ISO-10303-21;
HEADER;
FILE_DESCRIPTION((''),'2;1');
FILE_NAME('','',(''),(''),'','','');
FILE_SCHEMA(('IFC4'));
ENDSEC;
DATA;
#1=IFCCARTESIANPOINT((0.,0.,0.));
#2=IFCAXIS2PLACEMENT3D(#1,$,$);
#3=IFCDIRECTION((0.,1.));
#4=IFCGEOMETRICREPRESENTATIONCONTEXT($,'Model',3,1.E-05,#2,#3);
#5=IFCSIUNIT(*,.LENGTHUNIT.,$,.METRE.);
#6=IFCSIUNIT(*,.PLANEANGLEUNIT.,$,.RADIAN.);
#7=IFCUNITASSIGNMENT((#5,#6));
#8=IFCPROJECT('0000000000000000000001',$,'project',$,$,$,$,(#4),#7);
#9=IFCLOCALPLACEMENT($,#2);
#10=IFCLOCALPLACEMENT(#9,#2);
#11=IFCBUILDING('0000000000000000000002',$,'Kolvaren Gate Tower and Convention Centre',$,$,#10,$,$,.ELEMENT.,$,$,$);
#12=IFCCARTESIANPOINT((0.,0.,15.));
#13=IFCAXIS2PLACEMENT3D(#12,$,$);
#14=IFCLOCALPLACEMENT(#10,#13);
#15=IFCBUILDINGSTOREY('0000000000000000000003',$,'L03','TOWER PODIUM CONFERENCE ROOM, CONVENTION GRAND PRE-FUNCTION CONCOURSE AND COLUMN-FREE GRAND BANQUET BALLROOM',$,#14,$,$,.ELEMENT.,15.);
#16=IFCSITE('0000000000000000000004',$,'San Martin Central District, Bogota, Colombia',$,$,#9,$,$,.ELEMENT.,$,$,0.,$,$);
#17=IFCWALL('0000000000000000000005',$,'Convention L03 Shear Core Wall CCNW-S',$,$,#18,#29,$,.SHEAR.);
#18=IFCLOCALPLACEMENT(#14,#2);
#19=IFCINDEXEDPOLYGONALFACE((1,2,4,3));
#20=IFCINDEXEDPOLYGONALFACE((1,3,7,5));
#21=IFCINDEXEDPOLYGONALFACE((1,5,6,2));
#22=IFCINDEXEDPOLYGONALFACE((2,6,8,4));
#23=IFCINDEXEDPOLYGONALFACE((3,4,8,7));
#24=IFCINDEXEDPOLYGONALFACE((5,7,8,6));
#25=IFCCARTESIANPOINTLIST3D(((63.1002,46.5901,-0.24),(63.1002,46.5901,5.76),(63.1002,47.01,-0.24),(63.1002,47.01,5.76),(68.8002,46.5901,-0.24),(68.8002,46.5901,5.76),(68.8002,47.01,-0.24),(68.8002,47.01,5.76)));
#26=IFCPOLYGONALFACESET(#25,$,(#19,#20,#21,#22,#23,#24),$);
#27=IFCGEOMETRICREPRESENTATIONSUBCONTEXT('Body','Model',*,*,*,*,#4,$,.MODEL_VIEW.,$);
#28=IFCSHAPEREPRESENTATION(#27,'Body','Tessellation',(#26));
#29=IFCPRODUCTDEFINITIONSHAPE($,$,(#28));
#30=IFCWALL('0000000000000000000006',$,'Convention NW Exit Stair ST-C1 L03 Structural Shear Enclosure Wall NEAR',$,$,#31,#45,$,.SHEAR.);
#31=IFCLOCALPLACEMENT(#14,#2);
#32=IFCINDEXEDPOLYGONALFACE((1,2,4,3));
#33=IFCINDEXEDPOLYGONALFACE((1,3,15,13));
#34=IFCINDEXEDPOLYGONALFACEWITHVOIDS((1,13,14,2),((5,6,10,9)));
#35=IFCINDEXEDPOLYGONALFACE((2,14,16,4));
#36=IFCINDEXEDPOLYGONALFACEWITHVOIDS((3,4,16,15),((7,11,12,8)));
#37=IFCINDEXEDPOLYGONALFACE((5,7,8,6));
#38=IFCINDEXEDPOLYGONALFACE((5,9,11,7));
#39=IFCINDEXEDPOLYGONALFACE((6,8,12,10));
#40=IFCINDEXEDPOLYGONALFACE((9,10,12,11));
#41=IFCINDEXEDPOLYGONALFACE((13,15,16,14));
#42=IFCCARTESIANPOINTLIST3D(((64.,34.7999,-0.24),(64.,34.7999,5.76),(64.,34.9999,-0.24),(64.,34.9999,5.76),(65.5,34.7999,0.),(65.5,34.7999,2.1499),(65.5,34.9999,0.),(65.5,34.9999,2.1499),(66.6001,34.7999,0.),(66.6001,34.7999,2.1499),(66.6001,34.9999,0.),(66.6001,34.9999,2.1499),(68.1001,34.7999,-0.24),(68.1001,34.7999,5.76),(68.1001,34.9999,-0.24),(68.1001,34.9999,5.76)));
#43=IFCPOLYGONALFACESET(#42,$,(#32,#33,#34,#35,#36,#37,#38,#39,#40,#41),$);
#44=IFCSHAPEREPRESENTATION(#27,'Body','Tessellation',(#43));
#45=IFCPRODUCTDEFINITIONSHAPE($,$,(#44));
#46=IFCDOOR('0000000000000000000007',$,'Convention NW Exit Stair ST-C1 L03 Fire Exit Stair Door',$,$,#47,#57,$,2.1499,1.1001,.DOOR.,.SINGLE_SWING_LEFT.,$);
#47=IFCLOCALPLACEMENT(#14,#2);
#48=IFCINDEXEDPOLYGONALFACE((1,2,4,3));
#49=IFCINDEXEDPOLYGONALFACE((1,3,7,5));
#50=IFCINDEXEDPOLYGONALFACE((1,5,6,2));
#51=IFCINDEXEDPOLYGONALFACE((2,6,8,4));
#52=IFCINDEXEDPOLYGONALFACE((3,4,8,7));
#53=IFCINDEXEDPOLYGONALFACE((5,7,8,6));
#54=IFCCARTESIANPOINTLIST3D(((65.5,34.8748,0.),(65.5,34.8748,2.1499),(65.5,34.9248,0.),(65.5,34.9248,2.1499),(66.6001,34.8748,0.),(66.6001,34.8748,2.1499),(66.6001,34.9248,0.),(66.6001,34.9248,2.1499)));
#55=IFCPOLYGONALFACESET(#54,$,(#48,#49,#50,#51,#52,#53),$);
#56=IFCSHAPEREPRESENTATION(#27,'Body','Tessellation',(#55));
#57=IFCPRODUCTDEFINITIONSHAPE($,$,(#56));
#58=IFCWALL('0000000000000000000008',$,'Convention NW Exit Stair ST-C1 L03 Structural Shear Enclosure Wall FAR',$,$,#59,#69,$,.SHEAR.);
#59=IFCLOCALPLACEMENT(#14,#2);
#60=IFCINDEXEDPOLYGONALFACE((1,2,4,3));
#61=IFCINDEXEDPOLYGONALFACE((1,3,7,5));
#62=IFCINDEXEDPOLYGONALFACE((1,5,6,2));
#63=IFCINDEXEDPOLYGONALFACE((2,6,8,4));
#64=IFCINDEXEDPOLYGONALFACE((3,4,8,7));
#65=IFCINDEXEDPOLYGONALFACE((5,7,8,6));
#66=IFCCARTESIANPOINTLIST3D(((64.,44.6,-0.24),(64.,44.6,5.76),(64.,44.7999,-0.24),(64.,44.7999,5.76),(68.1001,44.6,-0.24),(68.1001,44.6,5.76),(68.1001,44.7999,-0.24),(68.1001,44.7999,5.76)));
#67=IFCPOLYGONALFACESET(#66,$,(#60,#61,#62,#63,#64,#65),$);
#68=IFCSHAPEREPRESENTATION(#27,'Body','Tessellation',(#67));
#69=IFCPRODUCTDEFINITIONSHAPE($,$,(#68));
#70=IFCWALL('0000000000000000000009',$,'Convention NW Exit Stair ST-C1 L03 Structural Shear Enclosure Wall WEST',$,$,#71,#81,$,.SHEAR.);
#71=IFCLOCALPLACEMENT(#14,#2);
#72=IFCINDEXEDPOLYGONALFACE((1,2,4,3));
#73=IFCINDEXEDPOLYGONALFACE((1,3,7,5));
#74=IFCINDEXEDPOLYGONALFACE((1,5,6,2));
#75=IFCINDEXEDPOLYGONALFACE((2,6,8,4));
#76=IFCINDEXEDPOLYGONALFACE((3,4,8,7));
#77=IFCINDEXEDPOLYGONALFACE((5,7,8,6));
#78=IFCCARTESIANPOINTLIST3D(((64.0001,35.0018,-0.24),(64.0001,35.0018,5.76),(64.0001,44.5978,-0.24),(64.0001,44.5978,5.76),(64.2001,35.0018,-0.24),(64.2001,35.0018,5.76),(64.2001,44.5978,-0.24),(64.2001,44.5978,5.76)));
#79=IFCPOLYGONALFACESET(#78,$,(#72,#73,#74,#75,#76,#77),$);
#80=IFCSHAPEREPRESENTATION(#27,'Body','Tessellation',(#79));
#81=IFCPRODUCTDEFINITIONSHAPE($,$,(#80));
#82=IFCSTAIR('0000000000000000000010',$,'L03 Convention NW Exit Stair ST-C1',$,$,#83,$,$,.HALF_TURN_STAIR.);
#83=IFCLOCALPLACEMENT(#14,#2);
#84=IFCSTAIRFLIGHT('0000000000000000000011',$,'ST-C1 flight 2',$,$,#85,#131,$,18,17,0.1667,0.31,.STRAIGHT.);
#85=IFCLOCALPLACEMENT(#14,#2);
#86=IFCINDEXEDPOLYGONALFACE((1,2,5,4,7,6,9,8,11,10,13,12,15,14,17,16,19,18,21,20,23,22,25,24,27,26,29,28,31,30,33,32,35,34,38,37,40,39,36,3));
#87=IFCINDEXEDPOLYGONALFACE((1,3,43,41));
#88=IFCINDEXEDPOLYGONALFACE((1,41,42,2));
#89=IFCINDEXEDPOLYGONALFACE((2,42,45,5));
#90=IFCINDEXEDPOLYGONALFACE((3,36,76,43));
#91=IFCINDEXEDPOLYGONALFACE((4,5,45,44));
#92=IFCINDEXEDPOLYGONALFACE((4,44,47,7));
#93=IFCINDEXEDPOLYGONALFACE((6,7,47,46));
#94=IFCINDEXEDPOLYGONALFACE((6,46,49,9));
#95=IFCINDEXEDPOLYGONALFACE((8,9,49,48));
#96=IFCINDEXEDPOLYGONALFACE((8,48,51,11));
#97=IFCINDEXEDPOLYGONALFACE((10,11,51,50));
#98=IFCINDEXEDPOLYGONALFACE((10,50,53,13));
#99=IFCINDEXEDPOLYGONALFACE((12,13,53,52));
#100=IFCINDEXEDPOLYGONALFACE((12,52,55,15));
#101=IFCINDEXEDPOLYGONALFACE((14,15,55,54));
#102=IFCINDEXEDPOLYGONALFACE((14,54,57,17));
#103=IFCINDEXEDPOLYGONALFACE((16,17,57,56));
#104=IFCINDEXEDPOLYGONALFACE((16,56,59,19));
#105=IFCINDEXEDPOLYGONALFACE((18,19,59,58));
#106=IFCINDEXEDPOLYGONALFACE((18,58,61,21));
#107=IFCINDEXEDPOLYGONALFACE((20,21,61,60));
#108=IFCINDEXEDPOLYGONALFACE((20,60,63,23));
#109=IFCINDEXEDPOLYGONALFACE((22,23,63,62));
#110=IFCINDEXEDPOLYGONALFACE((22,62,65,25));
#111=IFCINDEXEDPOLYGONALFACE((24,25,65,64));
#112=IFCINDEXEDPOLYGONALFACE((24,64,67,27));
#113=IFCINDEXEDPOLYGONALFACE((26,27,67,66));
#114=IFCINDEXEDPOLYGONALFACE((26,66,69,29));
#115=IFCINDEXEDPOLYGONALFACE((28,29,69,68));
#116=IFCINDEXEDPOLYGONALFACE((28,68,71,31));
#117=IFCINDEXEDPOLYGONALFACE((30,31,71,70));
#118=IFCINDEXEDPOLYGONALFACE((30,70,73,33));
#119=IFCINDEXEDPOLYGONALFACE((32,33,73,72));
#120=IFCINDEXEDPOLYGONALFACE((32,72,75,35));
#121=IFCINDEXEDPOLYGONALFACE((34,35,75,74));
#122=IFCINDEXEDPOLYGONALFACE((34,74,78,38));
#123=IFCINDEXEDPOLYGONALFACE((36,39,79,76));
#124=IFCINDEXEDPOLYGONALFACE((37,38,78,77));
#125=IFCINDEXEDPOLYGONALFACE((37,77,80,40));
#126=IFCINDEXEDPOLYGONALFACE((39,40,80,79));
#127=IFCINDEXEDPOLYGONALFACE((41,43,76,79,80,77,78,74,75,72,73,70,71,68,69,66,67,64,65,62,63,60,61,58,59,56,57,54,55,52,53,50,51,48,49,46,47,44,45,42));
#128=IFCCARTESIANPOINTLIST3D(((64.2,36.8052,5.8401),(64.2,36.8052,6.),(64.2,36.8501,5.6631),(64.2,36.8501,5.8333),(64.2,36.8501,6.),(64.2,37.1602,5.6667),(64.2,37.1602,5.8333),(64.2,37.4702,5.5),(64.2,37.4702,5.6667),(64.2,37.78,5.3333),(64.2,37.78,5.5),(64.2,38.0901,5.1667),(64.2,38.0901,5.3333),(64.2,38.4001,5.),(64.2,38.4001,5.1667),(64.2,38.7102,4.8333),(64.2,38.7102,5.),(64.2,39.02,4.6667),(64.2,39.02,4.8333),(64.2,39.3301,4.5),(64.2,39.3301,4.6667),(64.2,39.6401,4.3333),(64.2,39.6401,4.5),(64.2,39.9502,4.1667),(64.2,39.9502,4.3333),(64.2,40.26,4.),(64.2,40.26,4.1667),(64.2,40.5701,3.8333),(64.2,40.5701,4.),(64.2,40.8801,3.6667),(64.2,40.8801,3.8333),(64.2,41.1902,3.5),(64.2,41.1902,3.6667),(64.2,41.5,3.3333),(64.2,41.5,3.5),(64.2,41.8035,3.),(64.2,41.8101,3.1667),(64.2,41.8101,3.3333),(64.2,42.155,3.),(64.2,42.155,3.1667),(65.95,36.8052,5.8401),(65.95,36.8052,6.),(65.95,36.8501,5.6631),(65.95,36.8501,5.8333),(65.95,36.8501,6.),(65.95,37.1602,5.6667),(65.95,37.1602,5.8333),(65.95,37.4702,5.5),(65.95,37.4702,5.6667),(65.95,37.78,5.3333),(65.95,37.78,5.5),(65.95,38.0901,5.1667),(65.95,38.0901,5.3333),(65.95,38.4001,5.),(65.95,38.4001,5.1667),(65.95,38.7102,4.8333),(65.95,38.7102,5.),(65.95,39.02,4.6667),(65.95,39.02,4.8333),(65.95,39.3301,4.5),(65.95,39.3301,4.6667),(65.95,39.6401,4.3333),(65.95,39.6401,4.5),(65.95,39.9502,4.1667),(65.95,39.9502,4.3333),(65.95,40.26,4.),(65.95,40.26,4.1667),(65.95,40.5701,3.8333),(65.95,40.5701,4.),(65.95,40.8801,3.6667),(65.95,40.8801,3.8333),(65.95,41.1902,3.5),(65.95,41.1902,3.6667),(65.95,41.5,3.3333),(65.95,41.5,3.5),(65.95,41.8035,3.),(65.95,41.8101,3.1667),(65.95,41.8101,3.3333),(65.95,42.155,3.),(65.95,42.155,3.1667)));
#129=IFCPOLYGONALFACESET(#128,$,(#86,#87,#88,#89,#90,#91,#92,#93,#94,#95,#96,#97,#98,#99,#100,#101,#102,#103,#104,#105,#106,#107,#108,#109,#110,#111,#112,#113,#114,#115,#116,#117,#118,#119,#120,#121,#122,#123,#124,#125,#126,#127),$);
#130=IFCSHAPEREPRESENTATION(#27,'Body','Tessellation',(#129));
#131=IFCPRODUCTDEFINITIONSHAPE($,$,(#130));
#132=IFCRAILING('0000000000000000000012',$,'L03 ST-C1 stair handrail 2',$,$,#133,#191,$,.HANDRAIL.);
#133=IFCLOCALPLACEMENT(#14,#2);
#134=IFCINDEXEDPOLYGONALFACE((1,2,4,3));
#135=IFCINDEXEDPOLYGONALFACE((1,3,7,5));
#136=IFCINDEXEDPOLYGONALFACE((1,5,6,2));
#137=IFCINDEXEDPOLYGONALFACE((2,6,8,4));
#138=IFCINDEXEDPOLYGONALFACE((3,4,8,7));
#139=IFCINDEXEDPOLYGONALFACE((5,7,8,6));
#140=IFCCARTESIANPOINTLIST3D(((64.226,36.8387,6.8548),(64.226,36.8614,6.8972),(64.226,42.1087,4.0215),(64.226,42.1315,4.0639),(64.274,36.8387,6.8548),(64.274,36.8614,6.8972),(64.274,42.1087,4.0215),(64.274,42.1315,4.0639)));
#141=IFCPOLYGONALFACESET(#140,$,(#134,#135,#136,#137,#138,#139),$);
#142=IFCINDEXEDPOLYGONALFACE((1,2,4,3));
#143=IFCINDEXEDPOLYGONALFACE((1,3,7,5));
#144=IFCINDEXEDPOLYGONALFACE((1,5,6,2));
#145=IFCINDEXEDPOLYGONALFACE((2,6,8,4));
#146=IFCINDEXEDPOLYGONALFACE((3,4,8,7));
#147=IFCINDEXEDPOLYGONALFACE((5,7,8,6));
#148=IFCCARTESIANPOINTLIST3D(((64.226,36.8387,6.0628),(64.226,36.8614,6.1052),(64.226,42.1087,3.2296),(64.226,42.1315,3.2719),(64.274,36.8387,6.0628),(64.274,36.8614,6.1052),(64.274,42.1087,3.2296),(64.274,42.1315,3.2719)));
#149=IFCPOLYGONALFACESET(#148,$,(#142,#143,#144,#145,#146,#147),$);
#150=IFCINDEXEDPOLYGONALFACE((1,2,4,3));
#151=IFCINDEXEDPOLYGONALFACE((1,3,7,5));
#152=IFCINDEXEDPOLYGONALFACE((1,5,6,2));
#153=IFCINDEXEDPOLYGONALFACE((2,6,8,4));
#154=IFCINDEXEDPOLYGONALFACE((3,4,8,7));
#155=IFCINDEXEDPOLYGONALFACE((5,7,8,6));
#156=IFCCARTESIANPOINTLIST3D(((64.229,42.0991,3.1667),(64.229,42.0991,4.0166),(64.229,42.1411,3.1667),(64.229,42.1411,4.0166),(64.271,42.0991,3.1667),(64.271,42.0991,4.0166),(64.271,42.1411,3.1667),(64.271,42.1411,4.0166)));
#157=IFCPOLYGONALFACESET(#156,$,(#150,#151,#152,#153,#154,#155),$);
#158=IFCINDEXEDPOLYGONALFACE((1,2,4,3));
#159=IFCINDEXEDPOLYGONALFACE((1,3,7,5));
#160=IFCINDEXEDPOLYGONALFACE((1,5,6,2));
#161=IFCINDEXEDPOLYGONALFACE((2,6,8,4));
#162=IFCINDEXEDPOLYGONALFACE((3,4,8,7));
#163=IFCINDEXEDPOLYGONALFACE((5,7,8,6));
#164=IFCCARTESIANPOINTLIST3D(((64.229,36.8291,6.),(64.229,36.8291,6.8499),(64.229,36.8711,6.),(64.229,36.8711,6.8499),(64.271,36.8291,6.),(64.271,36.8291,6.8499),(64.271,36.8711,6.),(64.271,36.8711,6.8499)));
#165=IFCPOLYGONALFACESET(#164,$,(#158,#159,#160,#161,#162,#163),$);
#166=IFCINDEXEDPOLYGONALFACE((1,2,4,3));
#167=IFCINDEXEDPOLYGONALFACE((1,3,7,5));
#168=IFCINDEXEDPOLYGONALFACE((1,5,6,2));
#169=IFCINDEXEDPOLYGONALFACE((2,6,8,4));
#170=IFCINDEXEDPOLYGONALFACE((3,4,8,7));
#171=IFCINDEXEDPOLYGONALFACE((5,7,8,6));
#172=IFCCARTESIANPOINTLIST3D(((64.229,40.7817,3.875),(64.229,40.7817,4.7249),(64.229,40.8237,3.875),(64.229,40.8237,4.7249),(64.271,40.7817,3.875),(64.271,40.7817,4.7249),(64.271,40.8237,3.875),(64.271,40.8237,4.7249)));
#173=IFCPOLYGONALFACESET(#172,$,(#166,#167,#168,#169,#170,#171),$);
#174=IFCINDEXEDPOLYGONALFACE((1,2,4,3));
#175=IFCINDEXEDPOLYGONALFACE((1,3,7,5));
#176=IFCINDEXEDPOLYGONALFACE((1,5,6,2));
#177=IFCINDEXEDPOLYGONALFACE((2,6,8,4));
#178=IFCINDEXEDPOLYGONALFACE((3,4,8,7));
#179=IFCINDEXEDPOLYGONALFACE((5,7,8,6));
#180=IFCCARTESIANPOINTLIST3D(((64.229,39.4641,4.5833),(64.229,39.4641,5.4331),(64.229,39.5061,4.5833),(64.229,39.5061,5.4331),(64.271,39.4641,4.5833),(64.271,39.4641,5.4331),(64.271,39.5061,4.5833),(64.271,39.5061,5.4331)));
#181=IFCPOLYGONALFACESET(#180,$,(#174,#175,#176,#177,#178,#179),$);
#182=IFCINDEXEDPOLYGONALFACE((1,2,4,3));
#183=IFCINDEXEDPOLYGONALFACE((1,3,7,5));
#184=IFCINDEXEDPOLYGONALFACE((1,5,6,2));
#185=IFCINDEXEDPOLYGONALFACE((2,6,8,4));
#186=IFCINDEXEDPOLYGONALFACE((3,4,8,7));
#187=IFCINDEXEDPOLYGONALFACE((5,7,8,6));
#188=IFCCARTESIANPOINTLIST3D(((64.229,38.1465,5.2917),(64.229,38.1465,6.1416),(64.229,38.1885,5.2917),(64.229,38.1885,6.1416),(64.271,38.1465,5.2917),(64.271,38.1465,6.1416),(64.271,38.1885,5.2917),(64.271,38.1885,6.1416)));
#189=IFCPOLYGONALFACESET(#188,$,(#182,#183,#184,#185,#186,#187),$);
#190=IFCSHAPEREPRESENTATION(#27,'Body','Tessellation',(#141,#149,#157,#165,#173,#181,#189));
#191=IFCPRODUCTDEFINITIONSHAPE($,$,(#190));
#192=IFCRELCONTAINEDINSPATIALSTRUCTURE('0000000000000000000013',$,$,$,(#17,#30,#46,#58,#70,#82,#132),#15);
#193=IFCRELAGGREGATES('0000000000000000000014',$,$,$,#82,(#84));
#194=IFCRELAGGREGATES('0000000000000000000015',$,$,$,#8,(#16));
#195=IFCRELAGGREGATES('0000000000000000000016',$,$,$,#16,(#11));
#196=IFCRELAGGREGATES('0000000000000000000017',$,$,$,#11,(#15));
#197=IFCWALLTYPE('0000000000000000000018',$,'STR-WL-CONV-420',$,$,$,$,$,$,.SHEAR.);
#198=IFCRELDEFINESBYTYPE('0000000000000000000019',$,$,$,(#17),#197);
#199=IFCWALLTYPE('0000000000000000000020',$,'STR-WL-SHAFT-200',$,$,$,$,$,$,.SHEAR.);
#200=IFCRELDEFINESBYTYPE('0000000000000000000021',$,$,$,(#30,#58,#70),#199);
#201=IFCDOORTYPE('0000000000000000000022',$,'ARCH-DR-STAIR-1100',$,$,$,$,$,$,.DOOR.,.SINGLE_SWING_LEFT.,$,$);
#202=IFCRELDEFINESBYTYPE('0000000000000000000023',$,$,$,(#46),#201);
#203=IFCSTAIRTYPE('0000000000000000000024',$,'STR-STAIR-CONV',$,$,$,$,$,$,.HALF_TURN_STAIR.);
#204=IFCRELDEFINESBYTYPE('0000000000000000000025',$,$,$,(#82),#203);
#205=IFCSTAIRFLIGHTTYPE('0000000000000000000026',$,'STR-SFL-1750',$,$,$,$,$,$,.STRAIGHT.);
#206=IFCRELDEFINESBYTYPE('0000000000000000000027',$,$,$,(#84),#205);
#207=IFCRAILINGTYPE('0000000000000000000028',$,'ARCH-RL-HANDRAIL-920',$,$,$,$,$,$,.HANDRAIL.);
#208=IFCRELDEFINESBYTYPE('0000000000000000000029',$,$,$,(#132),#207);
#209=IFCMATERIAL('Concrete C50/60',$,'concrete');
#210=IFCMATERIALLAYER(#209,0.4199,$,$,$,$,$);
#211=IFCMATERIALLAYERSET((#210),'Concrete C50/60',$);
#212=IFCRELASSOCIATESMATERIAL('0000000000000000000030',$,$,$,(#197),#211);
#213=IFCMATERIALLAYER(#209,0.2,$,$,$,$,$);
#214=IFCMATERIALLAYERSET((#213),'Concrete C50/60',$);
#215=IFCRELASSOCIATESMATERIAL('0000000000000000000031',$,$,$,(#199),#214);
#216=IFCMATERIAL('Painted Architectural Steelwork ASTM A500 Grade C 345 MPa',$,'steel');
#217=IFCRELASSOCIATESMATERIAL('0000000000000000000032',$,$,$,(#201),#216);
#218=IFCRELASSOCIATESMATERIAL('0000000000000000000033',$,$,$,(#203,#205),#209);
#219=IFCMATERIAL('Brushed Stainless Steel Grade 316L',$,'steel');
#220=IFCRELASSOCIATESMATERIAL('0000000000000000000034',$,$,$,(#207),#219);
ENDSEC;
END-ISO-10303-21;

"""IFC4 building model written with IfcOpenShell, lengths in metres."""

from ifc_helpers import new_model, si_unit, direction, frame, frame_2d, origin, origin_2d, place, context, subcontext, project, spatial, polyline, rectangle, outline, extrude, material, layer, layer_set, type_object, element, fill, aggregate, save


model = new_model("IFC4")

# Units and contexts
model_context = context("Model", 3, precision=1e-05, world=origin(), true_north=direction((0.0, 1.0)))
body_context = subcontext(model_context, "Body", "Model", "MODEL_VIEW")
ifc_project = project(units=[si_unit("LENGTHUNIT", "METRE"), si_unit("PLANEANGLEUNIT", "RADIAN")], contexts=[model_context])

# Site, building, storey
site_placement = place(None, origin())
site = spatial("IfcSite", under=ifc_project, at=site_placement, Name="San Martin Central District, Bogota, Colombia", CompositionType="ELEMENT", RefElevation=0.0)
building_placement = place(site_placement, origin())
building = spatial("IfcBuilding", under=site, at=building_placement, Name="Kolvaren Gate Tower and Convention Centre", CompositionType="ELEMENT")
storey_placement = place(building_placement, frame((0.0, 0.0, 15.0)))
storey = spatial("IfcBuildingStorey", under=building, at=storey_placement, Name="L03", Description="TOWER PODIUM CONFERENCE ROOM, CONVENTION GRAND PRE-FUNCTION CONCOURSE AND COLUMN-FREE GRAND BANQUET BALLROOM", CompositionType="ELEMENT", Elevation=15.0)

# Shared definitions
ifc_material_1 = material(Name="Brushed Stainless Steel Grade 316L", Category="steel")

# Wall
ifc_material_2 = material(Name="Concrete C50/60", Category="concrete")
ifc_layer_1 = layer(ifc_material_2, 0.4199)
ifc_layer_set_1 = layer_set([ifc_layer_1], Name="Concrete C50/60")
wall_type_1 = type_object("IfcWallType", Name="STR-WL-CONV-420", PredefinedType="SHEAR", material=ifc_layer_set_1)
wall_1_placement = place(storey_placement, frame((63.1001, 46.8, -0.24), z_axis=(0.0, 0.0, 1.0), x_axis=(1.0, 0.0, 0.0)))
element("IfcWall", 1, at=wall_1_placement, inside=storey, type_object=wall_type_1, Name="Convention L03 Shear Core Wall CCNW-S", PredefinedType="SHEAR", context=body_context, shape_type="SweptSolid", body=[
    extrude(rectangle(XDim=5.7, YDim=0.4199, at=frame_2d((2.8501, 0.0))), origin(), (0.0, 0.0, 1.0), 6.0),
])

# Wall, opening, door
ifc_layer_2 = layer(ifc_material_2, 0.2)
ifc_layer_set_2 = layer_set([ifc_layer_2], Name="Concrete C50/60")
wall_type_2 = type_object("IfcWallType", Name="STR-WL-SHAFT-200", PredefinedType="SHEAR", material=ifc_layer_set_2)
wall_2_placement = place(storey_placement, frame((64.0, 34.8999, -0.24), z_axis=(0.0, 0.0, 1.0), x_axis=(1.0, 0.0, 0.0)))
wall_2 = element("IfcWall", 2, at=wall_2_placement, inside=storey, type_object=wall_type_2, Name="Convention NW Exit Stair ST-C1 L03 Structural Shear Enclosure Wall NEAR", PredefinedType="SHEAR", context=body_context, shape_type="SweptSolid", body=[
    extrude(rectangle(XDim=4.1001, YDim=0.2, at=frame_2d((2.05, 0.0))), origin(), (0.0, 0.0, 1.0), 6.0),
])
opening_1_placement = place(wall_2_placement, frame((1.5, 0.0, 0.24)))
opening_1 = element("IfcOpeningElement", 3, at=opening_1_placement, cuts=wall_2, PredefinedType="OPENING", context=body_context, shape_type="SweptSolid", body=[
    extrude(rectangle(XDim=1.1001, YDim=2.1499, at=frame_2d((0.55, 1.075))), frame((0.0, 0.1099, 0.0), z_axis=(0.0, -1.0, 0.0), x_axis=(1.0, 0.0, 0.0)), (0.0, 0.0, 1.0), 0.22),
])
ifc_material_3 = material(Name="Painted Architectural Steelwork ASTM A500 Grade C 345 MPa", Category="steel")
door_type_1 = type_object("IfcDoorType", Name="ARCH-DR-STAIR-1100", OperationType="SINGLE_SWING_LEFT", PredefinedType="DOOR", material=ifc_material_3)
door_1_placement = place(opening_1_placement, origin())
door_1 = element("IfcDoor", 4, at=door_1_placement, inside=storey, type_object=door_type_1, Name="Convention NW Exit Stair ST-C1 L03 Fire Exit Stair Door", OperationType="SINGLE_SWING_LEFT", OverallHeight=2.1499, OverallWidth=1.1001, PredefinedType="DOOR", context=body_context, shape_type="SweptSolid", body=[
    extrude(rectangle(XDim=1.1001, YDim=2.1499, at=frame_2d((0.55, 1.075))), frame((0.0, 0.0249, 0.0), z_axis=(0.0, -1.0, 0.0), x_axis=(1.0, 0.0, 0.0)), (0.0, 0.0, 1.0), 0.05),
])
fill(opening_1, door_1)

# Walls
wall_3_placement = place(storey_placement, frame((64.0, 44.7, -0.24), z_axis=(0.0, 0.0, 1.0), x_axis=(1.0, 0.0, 0.0)))
element("IfcWall", 5, at=wall_3_placement, inside=storey, type_object=wall_type_2, Name="Convention NW Exit Stair ST-C1 L03 Structural Shear Enclosure Wall FAR", PredefinedType="SHEAR", context=body_context, shape_type="SweptSolid", body=[
    extrude(rectangle(XDim=4.1001, YDim=0.2, at=frame_2d((2.05, 0.0))), origin(), (0.0, 0.0, 1.0), 6.0),
])
wall_4_placement = place(storey_placement, frame((64.1001, 35.002, -0.24), z_axis=(0.0, 0.0, 1.0), x_axis=(0.0, 1.0, 0.0)))
element("IfcWall", 6, at=wall_4_placement, inside=storey, type_object=wall_type_2, Name="Convention NW Exit Stair ST-C1 L03 Structural Shear Enclosure Wall WEST", PredefinedType="SHEAR", context=body_context, shape_type="SweptSolid", body=[
    extrude(rectangle(XDim=9.5959, YDim=0.2, at=frame_2d((4.7979, 0.0))), origin(), (0.0, 0.0, 1.0), 6.0),
])

# Stair, stair flight
stair_type = type_object("IfcStairType", Name="STR-STAIR-CONV", PredefinedType="HALF_TURN_STAIR", material=ifc_material_2)
stair_placement = place(storey_placement, origin())
stair = element("IfcStair", 7, at=stair_placement, inside=storey, type_object=stair_type, Name="L03 Convention NW Exit Stair ST-C1", PredefinedType="HALF_TURN_STAIR")
stair_flight_type = type_object("IfcStairFlightType", Name="STR-SFL-1750", PredefinedType="STRAIGHT", material=ifc_material_2)
stair_flight_placement = place(storey_placement, frame((65.075, 42.1201, 3.0), z_axis=(0.0, 0.0, 1.0), x_axis=(0.0, -1.0, 0.0)))
stair_flight = element("IfcStairFlight", 8, at=stair_flight_placement, type_object=stair_flight_type, Name="ST-C1 flight 2", NumberOfRisers=18, NumberOfTreads=17, PredefinedType="STRAIGHT", RiserHeight=0.1667, TreadLength=0.31, context=body_context, shape_type="SweptSolid", body=[
    extrude(outline(polyline([(-0.0349, 0.0), (-0.0349, 0.1667), (0.3101, 0.1667), (0.3101, 0.3333), (0.6201, 0.3333), (0.6201, 0.5), (0.9299, 0.5), (0.9299, 0.6667), (1.24, 0.6667), (1.24, 0.8333), (1.55, 0.8333), (1.55, 1.0), (1.8601, 1.0), (1.8601, 1.1667), (2.1699, 1.1667), (2.1699, 1.3333), (2.48, 1.3333), (2.48, 1.5), (2.79, 1.5), (2.79, 1.6667), (3.1001, 1.6667), (3.1001, 1.8333), (3.4099, 1.8333), (3.4099, 2.0), (3.72, 2.0), (3.72, 2.1667), (4.03, 2.1667), (4.03, 2.3333), (4.3401, 2.3333), (4.3401, 2.5), (4.6499, 2.5), (4.6499, 2.6667), (4.96, 2.6667), (4.96, 2.8333), (5.27, 2.8333), (5.27, 3.0), (5.3149, 3.0), (5.3149, 2.8401), (5.27, 2.6631), (0.3167, 0.0), (-0.0349, 0.0)])), frame((0.0, 0.875, 0.0), z_axis=(0.0, -1.0, 0.0), x_axis=(1.0, 0.0, 0.0)), (0.0, 0.0, 1.0), 1.75),
])
aggregate(stair, [stair_flight])

# Railing
railing_type = type_object("IfcRailingType", Name="ARCH-RL-HANDRAIL-920", PredefinedType="HANDRAIL", material=ifc_material_1)
railing_placement = place(storey_placement, frame((64.25, 42.1201, 3.1667)))
element("IfcRailing", 9, at=railing_placement, inside=storey, type_object=railing_type, Name="L03 ST-C1 stair handrail 2", PredefinedType="HANDRAIL", context=body_context, shape_type="SweptSolid", body=[
    extrude(rectangle(XDim=0.0481, YDim=0.0481, at=origin_2d()), frame((0.0, 0.0, 0.876), z_axis=(0.0, -0.880781, 0.473523), x_axis=(1.0, 0.0, 0.0)), (0.0, 0.0, 1.0), 5.9834),
    extrude(rectangle(XDim=0.0481, YDim=0.0481, at=origin_2d()), frame((0.0, 0.0, 0.084), z_axis=(0.0, -0.880781, 0.473523), x_axis=(1.0, 0.0, 0.0)), (0.0, 0.0, 1.0), 5.9834),
    extrude(rectangle(XDim=0.042, YDim=0.042, at=origin_2d()), origin(), (0.0, 0.0, 1.0), 0.8499),
    extrude(rectangle(XDim=0.042, YDim=0.042, at=origin_2d()), frame((0.0, -5.27, 2.8333)), (0.0, 0.0, 1.0), 0.8499),
    extrude(rectangle(XDim=0.042, YDim=0.042, at=origin_2d()), frame((0.0, -1.3174, 0.7083)), (0.0, 0.0, 1.0), 0.8499),
    extrude(rectangle(XDim=0.042, YDim=0.042, at=origin_2d()), frame((0.0, -2.635, 1.4165)), (0.0, 0.0, 1.0), 0.8499),
    extrude(rectangle(XDim=0.042, YDim=0.042, at=origin_2d()), frame((0.0, -3.9526, 2.125)), (0.0, 0.0, 1.0), 0.8499),
])

save(model, "model.ifc")
